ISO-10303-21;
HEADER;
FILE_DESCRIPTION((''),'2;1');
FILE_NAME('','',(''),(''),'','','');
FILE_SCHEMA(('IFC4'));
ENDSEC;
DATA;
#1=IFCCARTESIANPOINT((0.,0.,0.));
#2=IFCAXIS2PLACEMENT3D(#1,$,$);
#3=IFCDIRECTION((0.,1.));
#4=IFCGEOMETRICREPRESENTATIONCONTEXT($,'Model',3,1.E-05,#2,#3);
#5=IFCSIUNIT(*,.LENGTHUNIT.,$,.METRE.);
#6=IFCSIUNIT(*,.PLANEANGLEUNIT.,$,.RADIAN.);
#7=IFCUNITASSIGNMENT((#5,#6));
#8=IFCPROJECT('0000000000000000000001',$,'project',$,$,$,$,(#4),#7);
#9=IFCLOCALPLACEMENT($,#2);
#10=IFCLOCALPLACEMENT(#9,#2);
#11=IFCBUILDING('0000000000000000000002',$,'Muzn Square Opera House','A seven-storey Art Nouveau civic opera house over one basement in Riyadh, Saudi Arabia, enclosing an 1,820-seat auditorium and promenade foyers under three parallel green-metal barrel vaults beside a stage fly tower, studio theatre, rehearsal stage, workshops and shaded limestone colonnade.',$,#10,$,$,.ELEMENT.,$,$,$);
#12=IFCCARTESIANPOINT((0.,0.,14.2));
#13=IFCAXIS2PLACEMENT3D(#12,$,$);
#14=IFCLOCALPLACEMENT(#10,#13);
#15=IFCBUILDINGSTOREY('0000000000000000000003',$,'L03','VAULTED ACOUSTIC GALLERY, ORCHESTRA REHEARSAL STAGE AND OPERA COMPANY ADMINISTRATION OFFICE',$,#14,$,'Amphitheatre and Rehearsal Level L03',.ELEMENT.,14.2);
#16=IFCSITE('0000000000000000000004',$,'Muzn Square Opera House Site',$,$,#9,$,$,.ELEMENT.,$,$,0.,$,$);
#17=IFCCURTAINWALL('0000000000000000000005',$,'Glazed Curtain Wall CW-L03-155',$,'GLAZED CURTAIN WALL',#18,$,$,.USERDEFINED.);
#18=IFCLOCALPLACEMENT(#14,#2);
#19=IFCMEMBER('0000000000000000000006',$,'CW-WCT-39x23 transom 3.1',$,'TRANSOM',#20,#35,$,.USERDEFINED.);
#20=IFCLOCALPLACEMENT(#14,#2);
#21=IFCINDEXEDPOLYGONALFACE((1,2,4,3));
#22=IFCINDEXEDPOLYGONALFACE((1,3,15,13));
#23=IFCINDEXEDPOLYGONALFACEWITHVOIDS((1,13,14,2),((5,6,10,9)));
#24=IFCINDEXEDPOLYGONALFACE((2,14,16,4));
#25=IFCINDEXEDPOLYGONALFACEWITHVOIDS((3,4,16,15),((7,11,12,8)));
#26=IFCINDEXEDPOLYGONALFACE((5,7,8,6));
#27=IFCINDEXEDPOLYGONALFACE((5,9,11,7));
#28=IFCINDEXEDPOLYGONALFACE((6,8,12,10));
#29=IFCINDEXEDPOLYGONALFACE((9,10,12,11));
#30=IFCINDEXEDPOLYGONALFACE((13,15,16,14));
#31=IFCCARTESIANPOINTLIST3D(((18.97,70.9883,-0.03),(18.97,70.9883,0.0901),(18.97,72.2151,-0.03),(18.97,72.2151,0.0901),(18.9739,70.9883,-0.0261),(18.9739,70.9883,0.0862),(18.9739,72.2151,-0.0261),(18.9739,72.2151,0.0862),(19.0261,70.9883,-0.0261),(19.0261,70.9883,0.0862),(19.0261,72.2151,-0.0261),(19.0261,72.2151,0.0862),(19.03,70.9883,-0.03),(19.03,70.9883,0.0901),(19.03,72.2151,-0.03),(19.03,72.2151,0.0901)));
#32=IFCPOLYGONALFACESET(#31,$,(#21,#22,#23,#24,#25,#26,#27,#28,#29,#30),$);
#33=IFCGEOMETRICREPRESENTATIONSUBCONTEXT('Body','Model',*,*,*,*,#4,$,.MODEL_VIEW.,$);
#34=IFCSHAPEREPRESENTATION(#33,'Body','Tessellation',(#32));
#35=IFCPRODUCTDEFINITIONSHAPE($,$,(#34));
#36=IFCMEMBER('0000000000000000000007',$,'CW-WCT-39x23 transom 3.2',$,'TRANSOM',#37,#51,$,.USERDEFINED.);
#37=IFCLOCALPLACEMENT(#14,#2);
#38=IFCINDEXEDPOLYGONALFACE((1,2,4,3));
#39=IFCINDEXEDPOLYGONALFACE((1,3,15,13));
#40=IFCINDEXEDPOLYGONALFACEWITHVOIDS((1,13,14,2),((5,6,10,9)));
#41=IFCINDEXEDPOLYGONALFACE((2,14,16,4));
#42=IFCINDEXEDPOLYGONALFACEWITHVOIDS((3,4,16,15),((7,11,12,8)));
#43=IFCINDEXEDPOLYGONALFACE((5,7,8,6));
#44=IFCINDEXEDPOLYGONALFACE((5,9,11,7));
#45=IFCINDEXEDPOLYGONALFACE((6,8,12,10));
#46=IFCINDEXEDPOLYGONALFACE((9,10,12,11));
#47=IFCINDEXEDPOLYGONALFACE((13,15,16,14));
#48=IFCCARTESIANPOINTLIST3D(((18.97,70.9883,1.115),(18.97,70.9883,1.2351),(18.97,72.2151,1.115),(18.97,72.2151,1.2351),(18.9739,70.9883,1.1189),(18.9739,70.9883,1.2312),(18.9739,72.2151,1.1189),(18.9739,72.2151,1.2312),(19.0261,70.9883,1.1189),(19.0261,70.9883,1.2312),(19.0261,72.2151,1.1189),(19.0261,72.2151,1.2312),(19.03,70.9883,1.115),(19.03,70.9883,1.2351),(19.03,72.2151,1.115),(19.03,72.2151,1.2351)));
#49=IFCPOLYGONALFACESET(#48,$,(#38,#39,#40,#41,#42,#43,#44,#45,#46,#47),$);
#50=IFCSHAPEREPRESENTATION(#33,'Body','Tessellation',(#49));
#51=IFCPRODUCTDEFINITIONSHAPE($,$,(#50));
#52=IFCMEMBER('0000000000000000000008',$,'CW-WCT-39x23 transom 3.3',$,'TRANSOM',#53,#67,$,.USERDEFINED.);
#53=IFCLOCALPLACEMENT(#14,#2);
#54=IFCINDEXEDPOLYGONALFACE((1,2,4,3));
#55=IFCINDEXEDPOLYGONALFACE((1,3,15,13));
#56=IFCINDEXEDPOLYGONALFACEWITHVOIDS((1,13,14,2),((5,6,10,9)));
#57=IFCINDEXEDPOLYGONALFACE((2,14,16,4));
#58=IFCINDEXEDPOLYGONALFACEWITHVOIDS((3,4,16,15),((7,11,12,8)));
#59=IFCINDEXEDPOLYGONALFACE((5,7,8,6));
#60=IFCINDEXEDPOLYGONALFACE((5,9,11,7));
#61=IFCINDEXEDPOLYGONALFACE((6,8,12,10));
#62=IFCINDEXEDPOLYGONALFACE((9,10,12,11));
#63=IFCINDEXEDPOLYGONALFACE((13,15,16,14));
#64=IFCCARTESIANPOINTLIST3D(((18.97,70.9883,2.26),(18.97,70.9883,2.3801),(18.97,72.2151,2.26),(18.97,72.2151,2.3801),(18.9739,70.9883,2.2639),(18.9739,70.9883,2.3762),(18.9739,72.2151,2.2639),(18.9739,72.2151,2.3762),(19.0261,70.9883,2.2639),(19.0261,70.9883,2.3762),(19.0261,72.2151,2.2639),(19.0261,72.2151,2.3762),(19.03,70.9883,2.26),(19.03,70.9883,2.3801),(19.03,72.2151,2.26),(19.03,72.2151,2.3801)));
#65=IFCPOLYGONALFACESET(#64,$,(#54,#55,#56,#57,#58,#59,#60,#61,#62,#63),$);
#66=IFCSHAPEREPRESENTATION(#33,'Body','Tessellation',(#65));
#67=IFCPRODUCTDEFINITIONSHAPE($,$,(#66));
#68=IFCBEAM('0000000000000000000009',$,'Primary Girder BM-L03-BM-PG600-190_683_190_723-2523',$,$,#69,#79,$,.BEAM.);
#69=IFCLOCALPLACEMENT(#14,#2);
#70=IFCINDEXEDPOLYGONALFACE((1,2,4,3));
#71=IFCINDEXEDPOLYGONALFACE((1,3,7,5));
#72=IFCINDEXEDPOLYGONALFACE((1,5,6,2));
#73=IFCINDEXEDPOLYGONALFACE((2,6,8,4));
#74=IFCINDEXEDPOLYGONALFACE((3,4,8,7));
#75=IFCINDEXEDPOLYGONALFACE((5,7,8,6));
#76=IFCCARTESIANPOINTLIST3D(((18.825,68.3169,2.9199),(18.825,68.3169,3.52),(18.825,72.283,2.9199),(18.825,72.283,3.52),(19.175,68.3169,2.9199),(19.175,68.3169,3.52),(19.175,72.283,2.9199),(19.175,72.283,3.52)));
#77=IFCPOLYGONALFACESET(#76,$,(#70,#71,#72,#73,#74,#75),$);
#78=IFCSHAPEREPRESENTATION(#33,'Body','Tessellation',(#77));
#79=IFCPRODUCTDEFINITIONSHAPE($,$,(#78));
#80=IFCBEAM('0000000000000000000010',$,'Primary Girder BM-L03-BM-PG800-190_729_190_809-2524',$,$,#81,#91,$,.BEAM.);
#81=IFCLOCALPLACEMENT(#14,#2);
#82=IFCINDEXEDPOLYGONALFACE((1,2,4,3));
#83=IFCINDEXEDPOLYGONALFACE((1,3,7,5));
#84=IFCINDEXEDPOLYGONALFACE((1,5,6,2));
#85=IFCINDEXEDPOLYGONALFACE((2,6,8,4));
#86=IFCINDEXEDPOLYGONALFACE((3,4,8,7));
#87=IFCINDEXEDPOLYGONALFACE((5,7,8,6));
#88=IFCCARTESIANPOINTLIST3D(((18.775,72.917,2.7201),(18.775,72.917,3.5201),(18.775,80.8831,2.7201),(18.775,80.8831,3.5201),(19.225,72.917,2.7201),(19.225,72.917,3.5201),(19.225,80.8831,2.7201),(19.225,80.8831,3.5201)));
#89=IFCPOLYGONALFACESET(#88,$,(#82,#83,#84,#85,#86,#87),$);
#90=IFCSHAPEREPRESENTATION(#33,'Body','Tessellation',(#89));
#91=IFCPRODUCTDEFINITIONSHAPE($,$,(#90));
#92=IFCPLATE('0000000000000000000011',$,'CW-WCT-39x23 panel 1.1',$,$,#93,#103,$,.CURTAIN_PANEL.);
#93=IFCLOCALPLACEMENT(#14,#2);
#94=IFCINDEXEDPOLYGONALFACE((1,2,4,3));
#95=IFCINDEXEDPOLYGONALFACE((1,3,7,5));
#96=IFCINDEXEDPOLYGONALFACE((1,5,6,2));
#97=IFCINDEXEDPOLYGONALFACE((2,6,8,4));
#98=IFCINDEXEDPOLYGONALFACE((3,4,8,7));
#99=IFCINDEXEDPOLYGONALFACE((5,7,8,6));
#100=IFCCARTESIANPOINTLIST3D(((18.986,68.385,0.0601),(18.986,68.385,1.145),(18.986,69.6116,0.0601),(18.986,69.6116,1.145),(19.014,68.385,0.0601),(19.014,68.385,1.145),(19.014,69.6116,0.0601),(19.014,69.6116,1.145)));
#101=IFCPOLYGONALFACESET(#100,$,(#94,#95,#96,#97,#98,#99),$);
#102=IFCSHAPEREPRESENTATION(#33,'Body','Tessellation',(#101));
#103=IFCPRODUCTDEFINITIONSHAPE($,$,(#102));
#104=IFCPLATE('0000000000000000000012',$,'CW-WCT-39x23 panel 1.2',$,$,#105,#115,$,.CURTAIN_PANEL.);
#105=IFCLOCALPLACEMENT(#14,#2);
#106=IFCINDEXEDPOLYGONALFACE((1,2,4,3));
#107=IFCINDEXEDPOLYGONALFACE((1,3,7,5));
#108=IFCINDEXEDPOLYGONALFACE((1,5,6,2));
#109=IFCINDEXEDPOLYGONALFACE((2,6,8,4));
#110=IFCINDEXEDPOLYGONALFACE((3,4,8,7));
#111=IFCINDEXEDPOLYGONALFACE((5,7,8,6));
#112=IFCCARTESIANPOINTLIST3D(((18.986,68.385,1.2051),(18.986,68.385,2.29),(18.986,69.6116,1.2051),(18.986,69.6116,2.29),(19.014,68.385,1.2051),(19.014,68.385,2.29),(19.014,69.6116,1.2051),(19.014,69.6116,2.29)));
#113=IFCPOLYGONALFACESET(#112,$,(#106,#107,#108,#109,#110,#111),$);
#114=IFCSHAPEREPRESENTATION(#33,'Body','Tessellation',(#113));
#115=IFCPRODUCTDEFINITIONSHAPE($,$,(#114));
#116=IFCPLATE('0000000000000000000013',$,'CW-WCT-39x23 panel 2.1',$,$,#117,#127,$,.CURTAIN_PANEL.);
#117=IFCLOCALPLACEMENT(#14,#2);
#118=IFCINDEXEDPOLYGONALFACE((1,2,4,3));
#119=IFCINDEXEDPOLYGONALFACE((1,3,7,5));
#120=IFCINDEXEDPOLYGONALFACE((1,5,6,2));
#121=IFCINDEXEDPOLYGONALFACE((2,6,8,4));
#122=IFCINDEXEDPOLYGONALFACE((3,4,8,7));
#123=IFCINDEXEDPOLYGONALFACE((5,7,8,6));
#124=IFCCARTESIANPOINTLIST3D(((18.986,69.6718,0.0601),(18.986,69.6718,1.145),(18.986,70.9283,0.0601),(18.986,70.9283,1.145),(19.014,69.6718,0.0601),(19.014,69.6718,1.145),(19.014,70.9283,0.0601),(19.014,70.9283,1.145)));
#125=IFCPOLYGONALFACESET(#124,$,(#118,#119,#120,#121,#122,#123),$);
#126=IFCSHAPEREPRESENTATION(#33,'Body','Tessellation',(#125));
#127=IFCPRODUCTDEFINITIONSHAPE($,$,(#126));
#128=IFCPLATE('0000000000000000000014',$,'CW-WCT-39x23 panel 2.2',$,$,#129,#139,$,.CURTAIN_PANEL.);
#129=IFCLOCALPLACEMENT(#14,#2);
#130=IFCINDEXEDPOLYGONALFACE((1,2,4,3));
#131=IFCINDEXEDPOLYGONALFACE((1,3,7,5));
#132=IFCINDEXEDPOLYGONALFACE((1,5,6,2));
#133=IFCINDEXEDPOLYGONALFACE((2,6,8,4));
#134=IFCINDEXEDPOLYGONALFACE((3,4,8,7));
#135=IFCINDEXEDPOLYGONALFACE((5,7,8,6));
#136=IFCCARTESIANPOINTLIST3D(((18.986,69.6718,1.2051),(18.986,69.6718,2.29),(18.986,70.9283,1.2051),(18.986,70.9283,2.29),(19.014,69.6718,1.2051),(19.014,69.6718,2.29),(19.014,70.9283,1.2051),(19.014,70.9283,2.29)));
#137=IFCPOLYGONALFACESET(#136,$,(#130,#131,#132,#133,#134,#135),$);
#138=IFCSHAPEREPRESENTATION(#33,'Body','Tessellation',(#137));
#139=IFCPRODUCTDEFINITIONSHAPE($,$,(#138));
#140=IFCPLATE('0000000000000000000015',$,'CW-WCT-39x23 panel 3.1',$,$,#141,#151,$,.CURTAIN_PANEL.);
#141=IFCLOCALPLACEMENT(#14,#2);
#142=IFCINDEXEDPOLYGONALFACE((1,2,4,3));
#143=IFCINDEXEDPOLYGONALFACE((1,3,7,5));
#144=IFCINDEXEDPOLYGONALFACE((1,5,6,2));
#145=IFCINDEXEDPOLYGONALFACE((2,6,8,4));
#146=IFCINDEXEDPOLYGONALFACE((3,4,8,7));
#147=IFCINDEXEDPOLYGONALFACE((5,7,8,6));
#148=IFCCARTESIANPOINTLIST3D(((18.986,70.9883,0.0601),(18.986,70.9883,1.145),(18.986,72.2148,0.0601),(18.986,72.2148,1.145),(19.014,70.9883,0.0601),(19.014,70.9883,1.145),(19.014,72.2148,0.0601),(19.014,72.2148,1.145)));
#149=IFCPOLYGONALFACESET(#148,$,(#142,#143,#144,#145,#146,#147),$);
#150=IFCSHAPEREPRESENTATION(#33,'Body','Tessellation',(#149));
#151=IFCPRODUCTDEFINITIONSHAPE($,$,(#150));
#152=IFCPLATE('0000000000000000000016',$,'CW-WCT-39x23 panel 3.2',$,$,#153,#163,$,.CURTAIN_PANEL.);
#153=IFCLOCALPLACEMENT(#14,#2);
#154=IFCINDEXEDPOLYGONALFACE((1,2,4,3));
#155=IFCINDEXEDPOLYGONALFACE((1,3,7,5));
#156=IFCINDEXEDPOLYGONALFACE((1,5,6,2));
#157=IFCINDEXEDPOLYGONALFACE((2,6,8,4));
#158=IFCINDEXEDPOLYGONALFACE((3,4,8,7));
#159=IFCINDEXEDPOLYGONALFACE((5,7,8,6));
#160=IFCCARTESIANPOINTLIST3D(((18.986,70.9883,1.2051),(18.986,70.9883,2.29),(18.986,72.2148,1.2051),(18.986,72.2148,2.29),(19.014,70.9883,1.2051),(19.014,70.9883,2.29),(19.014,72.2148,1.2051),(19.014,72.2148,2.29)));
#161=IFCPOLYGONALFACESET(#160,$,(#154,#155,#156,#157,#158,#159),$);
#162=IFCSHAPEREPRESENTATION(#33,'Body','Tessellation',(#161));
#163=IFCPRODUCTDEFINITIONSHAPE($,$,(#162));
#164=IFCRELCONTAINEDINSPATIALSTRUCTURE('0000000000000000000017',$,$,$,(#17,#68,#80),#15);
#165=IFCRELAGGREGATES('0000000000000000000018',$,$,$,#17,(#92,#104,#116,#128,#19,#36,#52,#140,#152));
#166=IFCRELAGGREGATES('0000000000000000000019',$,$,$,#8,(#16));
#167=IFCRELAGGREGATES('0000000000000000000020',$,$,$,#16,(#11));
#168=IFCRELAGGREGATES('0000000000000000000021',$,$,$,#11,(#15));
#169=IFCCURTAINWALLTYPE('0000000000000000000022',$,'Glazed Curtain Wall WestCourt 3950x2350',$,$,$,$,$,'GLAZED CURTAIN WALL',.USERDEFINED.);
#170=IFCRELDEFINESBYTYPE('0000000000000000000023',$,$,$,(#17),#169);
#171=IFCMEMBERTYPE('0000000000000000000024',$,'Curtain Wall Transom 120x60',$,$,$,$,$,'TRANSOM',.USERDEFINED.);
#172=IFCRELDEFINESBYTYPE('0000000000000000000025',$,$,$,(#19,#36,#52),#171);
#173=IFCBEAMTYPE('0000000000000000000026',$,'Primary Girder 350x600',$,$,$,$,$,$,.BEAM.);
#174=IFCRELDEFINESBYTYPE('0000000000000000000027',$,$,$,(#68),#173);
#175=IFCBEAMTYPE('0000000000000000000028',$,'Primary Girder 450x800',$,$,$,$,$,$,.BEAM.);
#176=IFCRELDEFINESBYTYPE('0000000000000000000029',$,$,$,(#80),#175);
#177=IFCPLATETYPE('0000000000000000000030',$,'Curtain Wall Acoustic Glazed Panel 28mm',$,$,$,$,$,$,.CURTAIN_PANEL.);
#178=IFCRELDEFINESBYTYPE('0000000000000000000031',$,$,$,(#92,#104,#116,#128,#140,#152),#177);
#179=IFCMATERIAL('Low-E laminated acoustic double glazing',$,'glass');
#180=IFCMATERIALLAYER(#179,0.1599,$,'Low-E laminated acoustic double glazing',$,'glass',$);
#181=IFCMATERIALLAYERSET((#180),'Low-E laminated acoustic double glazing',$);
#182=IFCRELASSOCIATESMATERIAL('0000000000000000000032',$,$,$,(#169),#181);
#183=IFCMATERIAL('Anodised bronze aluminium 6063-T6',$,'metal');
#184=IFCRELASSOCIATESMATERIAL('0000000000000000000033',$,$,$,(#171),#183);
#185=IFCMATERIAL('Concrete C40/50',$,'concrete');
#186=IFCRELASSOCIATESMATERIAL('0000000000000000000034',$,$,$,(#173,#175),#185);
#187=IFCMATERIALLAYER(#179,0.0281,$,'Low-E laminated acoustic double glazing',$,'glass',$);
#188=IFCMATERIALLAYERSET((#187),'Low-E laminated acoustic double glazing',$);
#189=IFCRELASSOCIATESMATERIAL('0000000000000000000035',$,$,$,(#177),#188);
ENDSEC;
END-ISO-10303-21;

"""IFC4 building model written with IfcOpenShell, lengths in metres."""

from ifc_helpers import new_model, si_unit, direction, frame, origin, origin_2d, place, context, subcontext, project, spatial, rectangle, hollow_rectangle, extrude, material, layer, layer_set, material_profile, profile_set, type_object, element, aggregate, save


model = new_model("IFC4")

# Units and contexts
model_context = context("Model", 3, precision=1e-05, world=origin(), true_north=direction((0.0, 1.0)))
body_context = subcontext(model_context, "Body", "Model", "MODEL_VIEW")
ifc_project = project(units=[si_unit("LENGTHUNIT", "METRE"), si_unit("PLANEANGLEUNIT", "RADIAN")], contexts=[model_context])

# Site, building, storey
site_placement = place(None, origin())
site = spatial("IfcSite", under=ifc_project, at=site_placement, Name="Muzn Square Opera House Site", CompositionType="ELEMENT", RefElevation=0.0)
building_placement = place(site_placement, origin())
building = spatial("IfcBuilding", under=site, at=building_placement, Name="Muzn Square Opera House", Description="A seven-storey Art Nouveau civic opera house over one basement in Riyadh, Saudi Arabia, enclosing an 1,820-seat auditorium and promenade foyers under three parallel green-metal barrel vaults beside a stage fly tower, studio theatre, rehearsal stage, workshops and shaded limestone colonnade.", CompositionType="ELEMENT")
storey_placement = place(building_placement, frame((0.0, 0.0, 14.2)))
storey = spatial("IfcBuildingStorey", under=building, at=storey_placement, Name="L03", Description="VAULTED ACOUSTIC GALLERY, ORCHESTRA REHEARSAL STAGE AND OPERA COMPANY ADMINISTRATION OFFICE", LongName="Amphitheatre and Rehearsal Level L03", CompositionType="ELEMENT", Elevation=14.2)

# Curtain wall, members
ifc_material_1 = material(Name="Low-E laminated acoustic double glazing", Category="glass")
ifc_layer_1 = layer(ifc_material_1, 0.1599, Name="Low-E laminated acoustic double glazing", Category="glass")
ifc_layer_set_1 = layer_set([ifc_layer_1], Name="Low-E laminated acoustic double glazing")
curtain_wall_type = type_object("IfcCurtainWallType", Name="Glazed Curtain Wall WestCourt 3950x2350", ElementType="GLAZED CURTAIN WALL", PredefinedType="USERDEFINED", material=ifc_layer_set_1)
curtain_wall_placement = place(storey_placement, origin())
curtain_wall = element("IfcCurtainWall", 1, at=curtain_wall_placement, inside=storey, type_object=curtain_wall_type, Name="Glazed Curtain Wall CW-L03-155", ObjectType="GLAZED CURTAIN WALL", PredefinedType="USERDEFINED")
ifc_material_2 = material(Name="Anodised bronze aluminium 6063-T6", Category="metal")
ifc_material_profile_1 = material_profile(ifc_material_2, hollow_rectangle(XDim=0.0601, YDim=0.1201, WallThickness=0.0039, at=origin_2d()), Name="ALU 120x60x4", Category="metal")
ifc_profile_set_1 = profile_set([ifc_material_profile_1], Name="Anodised bronze aluminium 6063-T6")
member_type_1 = type_object("IfcMemberType", Name="Curtain Wall Transom 120x60", ElementType="TRANSOM", PredefinedType="USERDEFINED", material=ifc_profile_set_1)
member_1_placement = place(storey_placement, frame((19.0, 70.9883, 0.03), z_axis=(0.0, 1.0, 0.0), x_axis=(-1.0, 0.0, 0.0)))
member_1 = element("IfcMember", 2, at=member_1_placement, type_object=member_type_1, Name="CW-WCT-39x23 transom 3.1", ObjectType="TRANSOM", PredefinedType="USERDEFINED", context=body_context, shape_type="SweptSolid", body=[
    extrude(hollow_rectangle(XDim=0.0601, YDim=0.1201, WallThickness=0.0039, at=origin_2d()), origin(), (0.0, 0.0, 1.0), 1.2268),
])
member_2_placement = place(storey_placement, frame((19.0, 70.9883, 1.175), z_axis=(0.0, 1.0, 0.0), x_axis=(-1.0, 0.0, 0.0)))
member_2 = element("IfcMember", 3, at=member_2_placement, type_object=member_type_1, Name="CW-WCT-39x23 transom 3.2", ObjectType="TRANSOM", PredefinedType="USERDEFINED", context=body_context, shape_type="SweptSolid", body=[
    extrude(hollow_rectangle(XDim=0.0601, YDim=0.1201, WallThickness=0.0039, at=origin_2d()), origin(), (0.0, 0.0, 1.0), 1.2268),
])
member_3_placement = place(storey_placement, frame((19.0, 70.9883, 2.3201), z_axis=(0.0, 1.0, 0.0), x_axis=(-1.0, 0.0, 0.0)))
member_3 = element("IfcMember", 4, at=member_3_placement, type_object=member_type_1, Name="CW-WCT-39x23 transom 3.3", ObjectType="TRANSOM", PredefinedType="USERDEFINED", context=body_context, shape_type="SweptSolid", body=[
    extrude(hollow_rectangle(XDim=0.0601, YDim=0.1201, WallThickness=0.0039, at=origin_2d()), origin(), (0.0, 0.0, 1.0), 1.2268),
])

# Beams
ifc_material_3 = material(Name="Concrete C40/50", Category="concrete")
ifc_material_profile_2 = material_profile(ifc_material_3, rectangle(XDim=0.3501, YDim=0.6001, at=origin_2d()), Name="RCB 350x600", Category="concrete")
ifc_profile_set_2 = profile_set([ifc_material_profile_2], Name="Concrete C40/50")
beam_type_1 = type_object("IfcBeamType", Name="Primary Girder 350x600", PredefinedType="BEAM", material=ifc_profile_set_2)
beam_1_placement = place(storey_placement, frame((19.0, 68.3169, 3.22), z_axis=(0.0, 1.0, 0.0), x_axis=(-1.0, 0.0, 0.0)))
element("IfcBeam", 5, at=beam_1_placement, inside=storey, type_object=beam_type_1, Name="Primary Girder BM-L03-BM-PG600-190_683_190_723-2523", PredefinedType="BEAM", context=body_context, shape_type="SweptSolid", body=[
    extrude(rectangle(XDim=0.3501, YDim=0.6001, at=origin_2d()), origin(), (0.0, 0.0, 1.0), 3.9661),
])
ifc_material_profile_3 = material_profile(ifc_material_3, rectangle(XDim=0.45, YDim=0.8, at=origin_2d()), Name="RCB 450x800", Category="concrete")
ifc_profile_set_3 = profile_set([ifc_material_profile_3], Name="Concrete C40/50")
beam_type_2 = type_object("IfcBeamType", Name="Primary Girder 450x800", PredefinedType="BEAM", material=ifc_profile_set_3)
beam_2_placement = place(storey_placement, frame((19.0, 72.917, 3.1201), z_axis=(0.0, 1.0, 0.0), x_axis=(-1.0, 0.0, 0.0)))
element("IfcBeam", 6, at=beam_2_placement, inside=storey, type_object=beam_type_2, Name="Primary Girder BM-L03-BM-PG800-190_729_190_809-2524", PredefinedType="BEAM", context=body_context, shape_type="SweptSolid", body=[
    extrude(rectangle(XDim=0.45, YDim=0.8, at=origin_2d()), origin(), (0.0, 0.0, 1.0), 7.9661),
])

# Plates
ifc_layer_2 = layer(ifc_material_1, 0.0281, Name="Low-E laminated acoustic double glazing", Category="glass")
ifc_layer_set_2 = layer_set([ifc_layer_2], Name="Low-E laminated acoustic double glazing")
plate_type = type_object("IfcPlateType", Name="Curtain Wall Acoustic Glazed Panel 28mm", PredefinedType="CURTAIN_PANEL", material=ifc_layer_set_2)
plate_1_placement = place(storey_placement, frame((19.0, 68.9983, 0.0601), z_axis=(0.0, 0.0, 1.0), x_axis=(0.0, 1.0, 0.0)))
plate_1 = element("IfcPlate", 7, at=plate_1_placement, type_object=plate_type, Name="CW-WCT-39x23 panel 1.1", PredefinedType="CURTAIN_PANEL", context=body_context, shape_type="SweptSolid", body=[
    extrude(rectangle(XDim=1.2266, YDim=0.0281, at=origin_2d()), origin(), (0.0, 0.0, 1.0), 1.085),
])
plate_2_placement = place(storey_placement, frame((19.0, 68.9983, 1.2051), z_axis=(0.0, 0.0, 1.0), x_axis=(0.0, 1.0, 0.0)))
plate_2 = element("IfcPlate", 8, at=plate_2_placement, type_object=plate_type, Name="CW-WCT-39x23 panel 1.2", PredefinedType="CURTAIN_PANEL", context=body_context, shape_type="SweptSolid", body=[
    extrude(rectangle(XDim=1.2266, YDim=0.0281, at=origin_2d()), origin(), (0.0, 0.0, 1.0), 1.085),
])
plate_3_placement = place(storey_placement, frame((19.0, 70.3, 0.0601), z_axis=(0.0, 0.0, 1.0), x_axis=(0.0, 1.0, 0.0)))
plate_3 = element("IfcPlate", 9, at=plate_3_placement, type_object=plate_type, Name="CW-WCT-39x23 panel 2.1", PredefinedType="CURTAIN_PANEL", context=body_context, shape_type="SweptSolid", body=[
    extrude(rectangle(XDim=1.2566, YDim=0.0281, at=origin_2d()), origin(), (0.0, 0.0, 1.0), 1.085),
])
plate_4_placement = place(storey_placement, frame((19.0, 70.3, 1.2051), z_axis=(0.0, 0.0, 1.0), x_axis=(0.0, 1.0, 0.0)))
plate_4 = element("IfcPlate", 10, at=plate_4_placement, type_object=plate_type, Name="CW-WCT-39x23 panel 2.2", PredefinedType="CURTAIN_PANEL", context=body_context, shape_type="SweptSolid", body=[
    extrude(rectangle(XDim=1.2566, YDim=0.0281, at=origin_2d()), origin(), (0.0, 0.0, 1.0), 1.085),
])
plate_5_placement = place(storey_placement, frame((19.0, 71.6016, 0.0601), z_axis=(0.0, 0.0, 1.0), x_axis=(0.0, 1.0, 0.0)))
plate_5 = element("IfcPlate", 11, at=plate_5_placement, type_object=plate_type, Name="CW-WCT-39x23 panel 3.1", PredefinedType="CURTAIN_PANEL", context=body_context, shape_type="SweptSolid", body=[
    extrude(rectangle(XDim=1.2266, YDim=0.0281, at=origin_2d()), origin(), (0.0, 0.0, 1.0), 1.085),
])
plate_6_placement = place(storey_placement, frame((19.0, 71.6016, 1.2051), z_axis=(0.0, 0.0, 1.0), x_axis=(0.0, 1.0, 0.0)))
plate_6 = element("IfcPlate", 12, at=plate_6_placement, type_object=plate_type, Name="CW-WCT-39x23 panel 3.2", PredefinedType="CURTAIN_PANEL", context=body_context, shape_type="SweptSolid", body=[
    extrude(rectangle(XDim=1.2266, YDim=0.0281, at=origin_2d()), origin(), (0.0, 0.0, 1.0), 1.085),
])
aggregate(curtain_wall, [plate_1, plate_2, plate_3, plate_4, member_1, member_2, member_3, plate_5, plate_6])

save(model, "model.ifc")
